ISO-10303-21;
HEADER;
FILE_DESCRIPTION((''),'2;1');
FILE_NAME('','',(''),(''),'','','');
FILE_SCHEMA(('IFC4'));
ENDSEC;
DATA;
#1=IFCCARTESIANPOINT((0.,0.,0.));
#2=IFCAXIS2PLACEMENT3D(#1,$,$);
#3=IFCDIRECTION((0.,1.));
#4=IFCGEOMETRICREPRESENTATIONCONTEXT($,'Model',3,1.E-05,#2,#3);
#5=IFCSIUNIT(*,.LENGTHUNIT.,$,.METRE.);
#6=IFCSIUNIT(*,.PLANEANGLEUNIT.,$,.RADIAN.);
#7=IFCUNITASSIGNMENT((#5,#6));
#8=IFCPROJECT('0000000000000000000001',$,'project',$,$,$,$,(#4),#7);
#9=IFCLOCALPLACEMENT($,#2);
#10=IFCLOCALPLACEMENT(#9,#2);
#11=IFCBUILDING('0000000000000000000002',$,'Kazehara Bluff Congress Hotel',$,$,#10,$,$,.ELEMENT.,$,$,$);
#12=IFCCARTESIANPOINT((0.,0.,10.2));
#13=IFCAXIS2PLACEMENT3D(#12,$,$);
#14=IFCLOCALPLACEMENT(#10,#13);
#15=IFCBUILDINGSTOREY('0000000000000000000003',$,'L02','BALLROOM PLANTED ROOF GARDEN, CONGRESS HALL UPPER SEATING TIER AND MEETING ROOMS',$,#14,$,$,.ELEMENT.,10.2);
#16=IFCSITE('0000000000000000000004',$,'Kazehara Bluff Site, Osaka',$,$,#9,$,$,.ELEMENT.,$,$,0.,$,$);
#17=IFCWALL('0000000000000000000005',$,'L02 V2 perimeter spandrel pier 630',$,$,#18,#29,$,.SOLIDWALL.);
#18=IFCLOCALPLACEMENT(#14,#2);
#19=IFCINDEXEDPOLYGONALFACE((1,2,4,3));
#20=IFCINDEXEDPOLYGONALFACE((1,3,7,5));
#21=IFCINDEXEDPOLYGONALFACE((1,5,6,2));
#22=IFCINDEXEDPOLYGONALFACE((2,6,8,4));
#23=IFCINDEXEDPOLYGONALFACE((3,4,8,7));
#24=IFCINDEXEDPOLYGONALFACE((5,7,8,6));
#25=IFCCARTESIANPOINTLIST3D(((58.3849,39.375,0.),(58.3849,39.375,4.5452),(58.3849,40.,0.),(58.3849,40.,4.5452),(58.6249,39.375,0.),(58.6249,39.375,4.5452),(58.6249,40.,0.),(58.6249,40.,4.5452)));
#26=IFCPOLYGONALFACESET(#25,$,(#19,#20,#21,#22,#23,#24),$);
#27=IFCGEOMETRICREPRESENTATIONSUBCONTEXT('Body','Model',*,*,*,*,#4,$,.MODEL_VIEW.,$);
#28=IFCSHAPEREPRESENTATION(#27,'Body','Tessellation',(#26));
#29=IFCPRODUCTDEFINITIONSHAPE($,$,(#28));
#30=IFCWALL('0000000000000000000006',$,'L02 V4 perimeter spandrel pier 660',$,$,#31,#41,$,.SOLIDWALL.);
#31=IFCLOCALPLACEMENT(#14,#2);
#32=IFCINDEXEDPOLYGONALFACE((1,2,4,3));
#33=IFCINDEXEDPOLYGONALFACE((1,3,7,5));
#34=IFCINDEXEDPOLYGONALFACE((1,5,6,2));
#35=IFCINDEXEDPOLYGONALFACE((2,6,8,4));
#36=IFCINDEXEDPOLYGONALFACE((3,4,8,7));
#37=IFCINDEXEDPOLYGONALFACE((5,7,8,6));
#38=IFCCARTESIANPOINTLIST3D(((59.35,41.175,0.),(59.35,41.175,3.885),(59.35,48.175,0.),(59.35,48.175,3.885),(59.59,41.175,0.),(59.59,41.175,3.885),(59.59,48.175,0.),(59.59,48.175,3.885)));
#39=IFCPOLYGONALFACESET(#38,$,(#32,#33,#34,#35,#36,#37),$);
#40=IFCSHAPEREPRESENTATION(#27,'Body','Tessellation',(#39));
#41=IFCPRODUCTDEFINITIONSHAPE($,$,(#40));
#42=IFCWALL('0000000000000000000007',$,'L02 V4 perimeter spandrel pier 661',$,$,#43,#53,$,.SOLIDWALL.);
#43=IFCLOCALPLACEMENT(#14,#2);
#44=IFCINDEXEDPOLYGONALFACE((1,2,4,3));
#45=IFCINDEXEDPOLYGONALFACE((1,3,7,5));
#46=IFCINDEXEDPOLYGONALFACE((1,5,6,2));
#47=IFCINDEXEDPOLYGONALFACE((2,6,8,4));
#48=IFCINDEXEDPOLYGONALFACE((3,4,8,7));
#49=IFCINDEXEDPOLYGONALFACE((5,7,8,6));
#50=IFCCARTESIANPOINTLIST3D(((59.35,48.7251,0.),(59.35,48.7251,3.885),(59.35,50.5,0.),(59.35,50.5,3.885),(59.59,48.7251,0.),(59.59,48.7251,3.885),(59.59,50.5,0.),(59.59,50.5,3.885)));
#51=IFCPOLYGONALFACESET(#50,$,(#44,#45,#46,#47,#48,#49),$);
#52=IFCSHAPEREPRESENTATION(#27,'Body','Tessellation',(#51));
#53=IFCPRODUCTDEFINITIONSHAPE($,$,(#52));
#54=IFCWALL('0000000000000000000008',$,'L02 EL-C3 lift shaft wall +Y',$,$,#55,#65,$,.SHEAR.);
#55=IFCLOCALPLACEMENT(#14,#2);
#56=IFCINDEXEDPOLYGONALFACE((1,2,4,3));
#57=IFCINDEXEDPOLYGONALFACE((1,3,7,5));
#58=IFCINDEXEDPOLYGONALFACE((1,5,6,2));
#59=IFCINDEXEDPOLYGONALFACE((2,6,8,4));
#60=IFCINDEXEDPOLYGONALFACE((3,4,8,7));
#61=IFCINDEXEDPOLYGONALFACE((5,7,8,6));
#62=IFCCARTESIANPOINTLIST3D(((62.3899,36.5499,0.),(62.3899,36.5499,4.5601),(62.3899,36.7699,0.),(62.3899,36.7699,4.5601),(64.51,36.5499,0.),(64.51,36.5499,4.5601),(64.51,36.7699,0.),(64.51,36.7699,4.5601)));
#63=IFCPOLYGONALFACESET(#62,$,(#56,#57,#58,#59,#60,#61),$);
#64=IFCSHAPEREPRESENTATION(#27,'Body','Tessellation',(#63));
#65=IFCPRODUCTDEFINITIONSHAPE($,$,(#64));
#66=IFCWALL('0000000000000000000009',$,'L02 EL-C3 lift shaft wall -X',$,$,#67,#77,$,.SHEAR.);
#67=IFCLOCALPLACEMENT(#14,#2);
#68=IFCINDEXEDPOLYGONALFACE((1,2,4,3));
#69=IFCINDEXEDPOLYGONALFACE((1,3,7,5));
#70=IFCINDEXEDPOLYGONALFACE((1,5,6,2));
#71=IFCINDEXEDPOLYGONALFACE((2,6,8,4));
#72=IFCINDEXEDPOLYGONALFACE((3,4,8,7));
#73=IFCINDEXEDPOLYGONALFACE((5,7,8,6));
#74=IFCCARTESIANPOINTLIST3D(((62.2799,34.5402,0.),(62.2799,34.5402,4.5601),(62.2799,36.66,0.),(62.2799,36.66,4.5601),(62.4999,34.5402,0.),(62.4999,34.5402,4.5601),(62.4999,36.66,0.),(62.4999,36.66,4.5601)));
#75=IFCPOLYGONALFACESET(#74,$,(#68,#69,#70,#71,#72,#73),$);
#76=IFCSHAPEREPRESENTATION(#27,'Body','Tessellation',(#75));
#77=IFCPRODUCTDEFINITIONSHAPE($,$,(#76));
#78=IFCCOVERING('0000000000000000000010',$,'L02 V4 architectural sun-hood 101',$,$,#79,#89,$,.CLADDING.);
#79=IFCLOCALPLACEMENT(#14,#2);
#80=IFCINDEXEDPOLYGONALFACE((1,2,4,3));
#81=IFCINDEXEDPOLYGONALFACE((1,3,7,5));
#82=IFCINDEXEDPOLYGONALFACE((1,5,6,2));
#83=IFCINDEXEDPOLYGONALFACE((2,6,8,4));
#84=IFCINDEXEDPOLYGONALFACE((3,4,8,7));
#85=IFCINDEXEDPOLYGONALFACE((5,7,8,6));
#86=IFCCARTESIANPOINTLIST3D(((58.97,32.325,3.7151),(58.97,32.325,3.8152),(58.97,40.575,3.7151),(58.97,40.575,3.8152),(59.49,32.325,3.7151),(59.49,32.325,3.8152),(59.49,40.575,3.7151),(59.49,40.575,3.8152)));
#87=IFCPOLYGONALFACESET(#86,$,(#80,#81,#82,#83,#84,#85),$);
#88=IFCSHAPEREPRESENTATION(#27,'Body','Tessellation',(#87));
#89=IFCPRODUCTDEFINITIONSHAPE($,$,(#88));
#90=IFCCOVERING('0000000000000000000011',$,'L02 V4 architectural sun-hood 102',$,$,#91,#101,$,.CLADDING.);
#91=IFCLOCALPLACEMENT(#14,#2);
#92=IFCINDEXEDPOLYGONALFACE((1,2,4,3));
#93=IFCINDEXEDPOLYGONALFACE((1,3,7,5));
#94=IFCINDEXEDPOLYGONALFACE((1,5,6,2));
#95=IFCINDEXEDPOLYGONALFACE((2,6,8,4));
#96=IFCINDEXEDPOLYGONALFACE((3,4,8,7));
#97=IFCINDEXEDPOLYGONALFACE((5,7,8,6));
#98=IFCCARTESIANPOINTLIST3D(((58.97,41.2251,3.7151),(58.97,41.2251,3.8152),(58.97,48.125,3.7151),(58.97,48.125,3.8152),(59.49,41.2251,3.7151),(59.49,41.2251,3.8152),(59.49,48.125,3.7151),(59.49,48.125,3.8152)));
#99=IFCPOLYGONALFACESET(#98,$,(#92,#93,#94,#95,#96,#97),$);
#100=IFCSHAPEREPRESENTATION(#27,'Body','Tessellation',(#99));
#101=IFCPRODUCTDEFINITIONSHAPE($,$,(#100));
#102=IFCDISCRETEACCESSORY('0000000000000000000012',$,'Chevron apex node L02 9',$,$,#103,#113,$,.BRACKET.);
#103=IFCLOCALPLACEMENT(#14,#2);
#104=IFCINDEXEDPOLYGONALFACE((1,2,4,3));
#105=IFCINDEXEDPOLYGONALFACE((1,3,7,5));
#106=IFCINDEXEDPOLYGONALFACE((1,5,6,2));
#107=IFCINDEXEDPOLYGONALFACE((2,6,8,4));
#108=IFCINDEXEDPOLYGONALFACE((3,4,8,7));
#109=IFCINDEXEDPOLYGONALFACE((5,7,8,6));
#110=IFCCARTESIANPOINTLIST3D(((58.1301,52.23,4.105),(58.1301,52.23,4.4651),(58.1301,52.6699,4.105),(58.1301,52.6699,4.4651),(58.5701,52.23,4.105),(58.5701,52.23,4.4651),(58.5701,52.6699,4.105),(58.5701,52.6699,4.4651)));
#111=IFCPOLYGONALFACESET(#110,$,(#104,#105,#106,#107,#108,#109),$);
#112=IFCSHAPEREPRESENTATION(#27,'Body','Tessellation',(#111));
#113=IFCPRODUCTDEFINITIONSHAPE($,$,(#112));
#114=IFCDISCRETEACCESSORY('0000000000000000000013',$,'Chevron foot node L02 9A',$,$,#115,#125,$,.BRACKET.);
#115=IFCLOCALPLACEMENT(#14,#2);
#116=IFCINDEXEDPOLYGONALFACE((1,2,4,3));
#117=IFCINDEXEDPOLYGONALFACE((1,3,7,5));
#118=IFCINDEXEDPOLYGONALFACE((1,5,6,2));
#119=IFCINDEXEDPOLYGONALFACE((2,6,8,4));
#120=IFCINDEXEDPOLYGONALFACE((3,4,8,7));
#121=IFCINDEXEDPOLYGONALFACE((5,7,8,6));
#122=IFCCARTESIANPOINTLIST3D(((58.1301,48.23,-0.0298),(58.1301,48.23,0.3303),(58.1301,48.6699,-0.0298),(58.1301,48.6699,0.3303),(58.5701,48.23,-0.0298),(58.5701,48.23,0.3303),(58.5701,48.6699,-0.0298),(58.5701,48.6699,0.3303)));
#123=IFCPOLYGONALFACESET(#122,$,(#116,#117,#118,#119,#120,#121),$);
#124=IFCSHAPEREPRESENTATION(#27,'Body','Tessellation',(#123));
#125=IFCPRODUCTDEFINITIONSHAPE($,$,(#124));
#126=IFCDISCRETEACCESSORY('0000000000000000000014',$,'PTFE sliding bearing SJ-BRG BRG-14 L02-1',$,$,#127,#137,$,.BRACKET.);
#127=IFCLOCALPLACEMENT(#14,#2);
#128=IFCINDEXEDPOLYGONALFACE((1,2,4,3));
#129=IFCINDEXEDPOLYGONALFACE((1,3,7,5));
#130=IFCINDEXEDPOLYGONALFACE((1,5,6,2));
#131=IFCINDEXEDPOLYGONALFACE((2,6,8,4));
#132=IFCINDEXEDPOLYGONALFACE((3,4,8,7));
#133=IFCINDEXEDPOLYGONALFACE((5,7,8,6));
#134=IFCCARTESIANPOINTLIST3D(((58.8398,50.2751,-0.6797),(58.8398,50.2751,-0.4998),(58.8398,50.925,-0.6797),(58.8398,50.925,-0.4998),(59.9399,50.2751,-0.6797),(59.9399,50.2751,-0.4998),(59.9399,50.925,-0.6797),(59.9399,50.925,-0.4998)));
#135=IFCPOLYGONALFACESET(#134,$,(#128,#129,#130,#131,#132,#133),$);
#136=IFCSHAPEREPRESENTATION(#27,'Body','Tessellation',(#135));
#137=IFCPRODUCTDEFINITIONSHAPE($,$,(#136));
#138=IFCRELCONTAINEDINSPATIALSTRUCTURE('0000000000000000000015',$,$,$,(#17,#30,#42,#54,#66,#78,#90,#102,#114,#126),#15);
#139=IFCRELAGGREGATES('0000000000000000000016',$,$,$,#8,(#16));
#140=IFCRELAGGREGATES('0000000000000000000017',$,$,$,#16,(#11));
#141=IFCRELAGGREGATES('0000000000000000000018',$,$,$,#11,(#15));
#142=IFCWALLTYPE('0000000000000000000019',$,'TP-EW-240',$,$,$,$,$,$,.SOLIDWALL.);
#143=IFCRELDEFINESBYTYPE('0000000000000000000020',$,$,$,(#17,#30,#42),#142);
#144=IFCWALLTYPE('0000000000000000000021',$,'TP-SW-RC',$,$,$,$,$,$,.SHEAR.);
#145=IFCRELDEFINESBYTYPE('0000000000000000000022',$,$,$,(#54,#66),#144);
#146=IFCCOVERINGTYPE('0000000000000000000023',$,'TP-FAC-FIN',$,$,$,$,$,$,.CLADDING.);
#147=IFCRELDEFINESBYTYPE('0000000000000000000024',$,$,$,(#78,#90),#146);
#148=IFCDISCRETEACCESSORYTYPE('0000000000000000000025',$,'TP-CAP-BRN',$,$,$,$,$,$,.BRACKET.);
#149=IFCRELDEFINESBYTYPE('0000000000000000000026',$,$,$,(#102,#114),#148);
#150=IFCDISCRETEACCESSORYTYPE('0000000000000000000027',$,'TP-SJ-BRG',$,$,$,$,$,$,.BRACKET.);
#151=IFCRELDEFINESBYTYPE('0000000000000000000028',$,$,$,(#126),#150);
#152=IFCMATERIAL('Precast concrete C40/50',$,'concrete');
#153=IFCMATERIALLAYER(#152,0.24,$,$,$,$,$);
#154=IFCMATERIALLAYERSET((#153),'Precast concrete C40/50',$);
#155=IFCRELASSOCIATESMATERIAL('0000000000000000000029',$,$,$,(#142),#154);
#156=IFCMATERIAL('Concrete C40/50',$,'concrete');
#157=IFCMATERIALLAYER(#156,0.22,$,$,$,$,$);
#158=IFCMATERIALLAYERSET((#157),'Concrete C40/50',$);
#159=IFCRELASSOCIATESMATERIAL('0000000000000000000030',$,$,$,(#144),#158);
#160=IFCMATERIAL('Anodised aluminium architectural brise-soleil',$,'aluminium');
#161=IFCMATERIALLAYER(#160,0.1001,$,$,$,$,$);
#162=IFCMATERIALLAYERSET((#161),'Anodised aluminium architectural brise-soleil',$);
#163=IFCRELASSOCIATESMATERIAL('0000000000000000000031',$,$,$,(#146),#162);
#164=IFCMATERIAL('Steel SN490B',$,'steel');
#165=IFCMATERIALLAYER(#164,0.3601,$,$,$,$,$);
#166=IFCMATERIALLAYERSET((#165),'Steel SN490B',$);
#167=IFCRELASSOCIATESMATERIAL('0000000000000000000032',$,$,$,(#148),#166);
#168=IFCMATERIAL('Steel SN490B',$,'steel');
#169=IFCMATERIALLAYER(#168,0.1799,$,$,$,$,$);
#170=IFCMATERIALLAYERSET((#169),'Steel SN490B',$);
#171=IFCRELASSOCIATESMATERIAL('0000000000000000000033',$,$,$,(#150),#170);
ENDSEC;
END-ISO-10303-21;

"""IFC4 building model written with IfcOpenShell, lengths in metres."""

from ifc_helpers import new_model, si_unit, direction, frame, frame_2d, origin, origin_2d, place, context, subcontext, project, spatial, rectangle, extrude, material, layer, layer_set, type_object, element, save


model = new_model("IFC4")

# Units and contexts
model_context = context("Model", 3, precision=1e-05, world=origin(), true_north=direction((0.0, 1.0)))
body_context = subcontext(model_context, "Body", "Model", "MODEL_VIEW")
ifc_project = project(units=[si_unit("LENGTHUNIT", "METRE"), si_unit("PLANEANGLEUNIT", "RADIAN")], contexts=[model_context])

# Site, building, storey
site_placement = place(None, origin())
site = spatial("IfcSite", under=ifc_project, at=site_placement, Name="Kazehara Bluff Site, Osaka", CompositionType="ELEMENT", RefElevation=0.0)
building_placement = place(site_placement, origin())
building = spatial("IfcBuilding", under=site, at=building_placement, Name="Kazehara Bluff Congress Hotel", CompositionType="ELEMENT")
storey_placement = place(building_placement, frame((0.0, 0.0, 10.2)))
storey = spatial("IfcBuildingStorey", under=building, at=storey_placement, Name="L02", Description="BALLROOM PLANTED ROOF GARDEN, CONGRESS HALL UPPER SEATING TIER AND MEETING ROOMS", CompositionType="ELEMENT", Elevation=10.2)

# Walls
ifc_material_1 = material(Name="Precast concrete C40/50", Category="concrete")
ifc_layer_1 = layer(ifc_material_1, 0.24)
ifc_layer_set_1 = layer_set([ifc_layer_1], Name="Precast concrete C40/50")
wall_type_1 = type_object("IfcWallType", Name="TP-EW-240", PredefinedType="SOLIDWALL", material=ifc_layer_set_1)
wall_1_placement = place(storey_placement, frame((58.5049, 40.0, 0.0), z_axis=(0.0, 0.0, 1.0), x_axis=(0.0, -1.0, 0.0)))
element("IfcWall", 1, at=wall_1_placement, inside=storey, type_object=wall_type_1, Name="L02 V2 perimeter spandrel pier 630", PredefinedType="SOLIDWALL", context=body_context, shape_type="SweptSolid", body=[
    extrude(rectangle(XDim=0.625, YDim=0.24, at=frame_2d((0.3125, 0.0))), origin(), (0.0, 0.0, 1.0), 4.5452),
])
wall_2_placement = place(storey_placement, frame((59.47, 41.175, 0.0), z_axis=(0.0, 0.0, 1.0), x_axis=(0.0, 1.0, 0.0)))
element("IfcWall", 2, at=wall_2_placement, inside=storey, type_object=wall_type_1, Name="L02 V4 perimeter spandrel pier 660", PredefinedType="SOLIDWALL", context=body_context, shape_type="SweptSolid", body=[
    extrude(rectangle(XDim=7.0, YDim=0.24, at=frame_2d((3.5, 0.0))), origin(), (0.0, 0.0, 1.0), 3.885),
])
wall_3_placement = place(storey_placement, frame((59.47, 48.7251, 0.0), z_axis=(0.0, 0.0, 1.0), x_axis=(0.0, 1.0, 0.0)))
element("IfcWall", 3, at=wall_3_placement, inside=storey, type_object=wall_type_1, Name="L02 V4 perimeter spandrel pier 661", PredefinedType="SOLIDWALL", context=body_context, shape_type="SweptSolid", body=[
    extrude(rectangle(XDim=1.7749, YDim=0.24, at=frame_2d((0.8875, 0.0))), origin(), (0.0, 0.0, 1.0), 3.885),
])
ifc_material_2 = material(Name="Concrete C40/50", Category="concrete")
ifc_layer_2 = layer(ifc_material_2, 0.22)
ifc_layer_set_2 = layer_set([ifc_layer_2], Name="Concrete C40/50")
wall_type_2 = type_object("IfcWallType", Name="TP-SW-RC", PredefinedType="SHEAR", material=ifc_layer_set_2)
wall_4_placement = place(storey_placement, frame((62.3899, 36.6599, 0.0), z_axis=(0.0, 0.0, 1.0), x_axis=(1.0, 0.0, 0.0)))
element("IfcWall", 4, at=wall_4_placement, inside=storey, type_object=wall_type_2, Name="L02 EL-C3 lift shaft wall +Y", PredefinedType="SHEAR", context=body_context, shape_type="SweptSolid", body=[
    extrude(rectangle(XDim=2.1201, YDim=0.22, at=frame_2d((1.0601, 0.0))), origin(), (0.0, 0.0, 1.0), 4.5601),
])
wall_5_placement = place(storey_placement, frame((62.3899, 34.54, 0.0), z_axis=(0.0, 0.0, 1.0), x_axis=(0.0, 1.0, 0.0)))
element("IfcWall", 5, at=wall_5_placement, inside=storey, type_object=wall_type_2, Name="L02 EL-C3 lift shaft wall -X", PredefinedType="SHEAR", context=body_context, shape_type="SweptSolid", body=[
    extrude(rectangle(XDim=2.1199, YDim=0.22, at=frame_2d((1.0601, 0.0))), origin(), (0.0, 0.0, 1.0), 4.5601),
])

# Coverings
ifc_material_3 = material(Name="Anodised aluminium architectural brise-soleil", Category="aluminium")
ifc_layer_3 = layer(ifc_material_3, 0.1001)
ifc_layer_set_3 = layer_set([ifc_layer_3], Name="Anodised aluminium architectural brise-soleil")
covering_type = type_object("IfcCoveringType", Name="TP-FAC-FIN", PredefinedType="CLADDING", material=ifc_layer_set_3)
covering_1_placement = place(storey_placement, frame((59.23, 36.45, 3.7151), z_axis=(0.0, 0.0, 1.0), x_axis=(1.0, 0.0, 0.0)))
element("IfcCovering", 6, at=covering_1_placement, inside=storey, type_object=covering_type, Name="L02 V4 architectural sun-hood 101", PredefinedType="CLADDING", context=body_context, shape_type="SweptSolid", body=[
    extrude(rectangle(XDim=0.52, YDim=8.25, at=origin_2d()), origin(), (0.0, 0.0, 1.0), 0.1001),
])
covering_2_placement = place(storey_placement, frame((59.23, 44.675, 3.7151), z_axis=(0.0, 0.0, 1.0), x_axis=(1.0, 0.0, 0.0)))
element("IfcCovering", 7, at=covering_2_placement, inside=storey, type_object=covering_type, Name="L02 V4 architectural sun-hood 102", PredefinedType="CLADDING", context=body_context, shape_type="SweptSolid", body=[
    extrude(rectangle(XDim=0.52, YDim=6.8999, at=origin_2d()), origin(), (0.0, 0.0, 1.0), 0.1001),
])

# Discrete accessories
ifc_material_4 = material(Name="Steel SN490B", Category="steel")
ifc_layer_4 = layer(ifc_material_4, 0.3601)
ifc_layer_set_4 = layer_set([ifc_layer_4], Name="Steel SN490B")
discrete_accessory_type_1 = type_object("IfcDiscreteAccessoryType", Name="TP-CAP-BRN", PredefinedType="BRACKET", material=ifc_layer_set_4)
for number, where, z_axis, x_axis, name in (
    (8, (58.3501, 52.45, 4.105), (0.0, 0.0, 1.0), (1.0, 0.0, 0.0), "Chevron apex node L02 9"),
    (9, (58.3501, 48.45, -0.0298), (0.0, 0.0, 1.0), (1.0, 0.0, 0.0), "Chevron foot node L02 9A"),
):
    element("IfcDiscreteAccessory", number, at=place(storey_placement, frame(where, z_axis=z_axis, x_axis=x_axis)), inside=storey, type_object=discrete_accessory_type_1, Name=name, PredefinedType="BRACKET", context=body_context, shape_type="SweptSolid", body=[
        extrude(rectangle(XDim=0.4399, YDim=0.4399, at=origin_2d()), origin(), (0.0, 0.0, 1.0), 0.3601),
    ])
ifc_material_5 = material(Name="Steel SN490B", Category="steel")
ifc_layer_5 = layer(ifc_material_5, 0.1799)
ifc_layer_set_5 = layer_set([ifc_layer_5], Name="Steel SN490B")
discrete_accessory_type_2 = type_object("IfcDiscreteAccessoryType", Name="TP-SJ-BRG", PredefinedType="BRACKET", material=ifc_layer_set_5)
discrete_accessory_placement = place(storey_placement, frame((59.3899, 50.6001, -0.6797), z_axis=(0.0, 0.0, 1.0), x_axis=(1.0, 0.0, 0.0)))
element("IfcDiscreteAccessory", 10, at=discrete_accessory_placement, inside=storey, type_object=discrete_accessory_type_2, Name="PTFE sliding bearing SJ-BRG BRG-14 L02-1", PredefinedType="BRACKET", context=body_context, shape_type="SweptSolid", body=[
    extrude(rectangle(XDim=1.1001, YDim=0.6499, at=origin_2d()), origin(), (0.0, 0.0, 1.0), 0.1799),
])

save(model, "model.ifc")
